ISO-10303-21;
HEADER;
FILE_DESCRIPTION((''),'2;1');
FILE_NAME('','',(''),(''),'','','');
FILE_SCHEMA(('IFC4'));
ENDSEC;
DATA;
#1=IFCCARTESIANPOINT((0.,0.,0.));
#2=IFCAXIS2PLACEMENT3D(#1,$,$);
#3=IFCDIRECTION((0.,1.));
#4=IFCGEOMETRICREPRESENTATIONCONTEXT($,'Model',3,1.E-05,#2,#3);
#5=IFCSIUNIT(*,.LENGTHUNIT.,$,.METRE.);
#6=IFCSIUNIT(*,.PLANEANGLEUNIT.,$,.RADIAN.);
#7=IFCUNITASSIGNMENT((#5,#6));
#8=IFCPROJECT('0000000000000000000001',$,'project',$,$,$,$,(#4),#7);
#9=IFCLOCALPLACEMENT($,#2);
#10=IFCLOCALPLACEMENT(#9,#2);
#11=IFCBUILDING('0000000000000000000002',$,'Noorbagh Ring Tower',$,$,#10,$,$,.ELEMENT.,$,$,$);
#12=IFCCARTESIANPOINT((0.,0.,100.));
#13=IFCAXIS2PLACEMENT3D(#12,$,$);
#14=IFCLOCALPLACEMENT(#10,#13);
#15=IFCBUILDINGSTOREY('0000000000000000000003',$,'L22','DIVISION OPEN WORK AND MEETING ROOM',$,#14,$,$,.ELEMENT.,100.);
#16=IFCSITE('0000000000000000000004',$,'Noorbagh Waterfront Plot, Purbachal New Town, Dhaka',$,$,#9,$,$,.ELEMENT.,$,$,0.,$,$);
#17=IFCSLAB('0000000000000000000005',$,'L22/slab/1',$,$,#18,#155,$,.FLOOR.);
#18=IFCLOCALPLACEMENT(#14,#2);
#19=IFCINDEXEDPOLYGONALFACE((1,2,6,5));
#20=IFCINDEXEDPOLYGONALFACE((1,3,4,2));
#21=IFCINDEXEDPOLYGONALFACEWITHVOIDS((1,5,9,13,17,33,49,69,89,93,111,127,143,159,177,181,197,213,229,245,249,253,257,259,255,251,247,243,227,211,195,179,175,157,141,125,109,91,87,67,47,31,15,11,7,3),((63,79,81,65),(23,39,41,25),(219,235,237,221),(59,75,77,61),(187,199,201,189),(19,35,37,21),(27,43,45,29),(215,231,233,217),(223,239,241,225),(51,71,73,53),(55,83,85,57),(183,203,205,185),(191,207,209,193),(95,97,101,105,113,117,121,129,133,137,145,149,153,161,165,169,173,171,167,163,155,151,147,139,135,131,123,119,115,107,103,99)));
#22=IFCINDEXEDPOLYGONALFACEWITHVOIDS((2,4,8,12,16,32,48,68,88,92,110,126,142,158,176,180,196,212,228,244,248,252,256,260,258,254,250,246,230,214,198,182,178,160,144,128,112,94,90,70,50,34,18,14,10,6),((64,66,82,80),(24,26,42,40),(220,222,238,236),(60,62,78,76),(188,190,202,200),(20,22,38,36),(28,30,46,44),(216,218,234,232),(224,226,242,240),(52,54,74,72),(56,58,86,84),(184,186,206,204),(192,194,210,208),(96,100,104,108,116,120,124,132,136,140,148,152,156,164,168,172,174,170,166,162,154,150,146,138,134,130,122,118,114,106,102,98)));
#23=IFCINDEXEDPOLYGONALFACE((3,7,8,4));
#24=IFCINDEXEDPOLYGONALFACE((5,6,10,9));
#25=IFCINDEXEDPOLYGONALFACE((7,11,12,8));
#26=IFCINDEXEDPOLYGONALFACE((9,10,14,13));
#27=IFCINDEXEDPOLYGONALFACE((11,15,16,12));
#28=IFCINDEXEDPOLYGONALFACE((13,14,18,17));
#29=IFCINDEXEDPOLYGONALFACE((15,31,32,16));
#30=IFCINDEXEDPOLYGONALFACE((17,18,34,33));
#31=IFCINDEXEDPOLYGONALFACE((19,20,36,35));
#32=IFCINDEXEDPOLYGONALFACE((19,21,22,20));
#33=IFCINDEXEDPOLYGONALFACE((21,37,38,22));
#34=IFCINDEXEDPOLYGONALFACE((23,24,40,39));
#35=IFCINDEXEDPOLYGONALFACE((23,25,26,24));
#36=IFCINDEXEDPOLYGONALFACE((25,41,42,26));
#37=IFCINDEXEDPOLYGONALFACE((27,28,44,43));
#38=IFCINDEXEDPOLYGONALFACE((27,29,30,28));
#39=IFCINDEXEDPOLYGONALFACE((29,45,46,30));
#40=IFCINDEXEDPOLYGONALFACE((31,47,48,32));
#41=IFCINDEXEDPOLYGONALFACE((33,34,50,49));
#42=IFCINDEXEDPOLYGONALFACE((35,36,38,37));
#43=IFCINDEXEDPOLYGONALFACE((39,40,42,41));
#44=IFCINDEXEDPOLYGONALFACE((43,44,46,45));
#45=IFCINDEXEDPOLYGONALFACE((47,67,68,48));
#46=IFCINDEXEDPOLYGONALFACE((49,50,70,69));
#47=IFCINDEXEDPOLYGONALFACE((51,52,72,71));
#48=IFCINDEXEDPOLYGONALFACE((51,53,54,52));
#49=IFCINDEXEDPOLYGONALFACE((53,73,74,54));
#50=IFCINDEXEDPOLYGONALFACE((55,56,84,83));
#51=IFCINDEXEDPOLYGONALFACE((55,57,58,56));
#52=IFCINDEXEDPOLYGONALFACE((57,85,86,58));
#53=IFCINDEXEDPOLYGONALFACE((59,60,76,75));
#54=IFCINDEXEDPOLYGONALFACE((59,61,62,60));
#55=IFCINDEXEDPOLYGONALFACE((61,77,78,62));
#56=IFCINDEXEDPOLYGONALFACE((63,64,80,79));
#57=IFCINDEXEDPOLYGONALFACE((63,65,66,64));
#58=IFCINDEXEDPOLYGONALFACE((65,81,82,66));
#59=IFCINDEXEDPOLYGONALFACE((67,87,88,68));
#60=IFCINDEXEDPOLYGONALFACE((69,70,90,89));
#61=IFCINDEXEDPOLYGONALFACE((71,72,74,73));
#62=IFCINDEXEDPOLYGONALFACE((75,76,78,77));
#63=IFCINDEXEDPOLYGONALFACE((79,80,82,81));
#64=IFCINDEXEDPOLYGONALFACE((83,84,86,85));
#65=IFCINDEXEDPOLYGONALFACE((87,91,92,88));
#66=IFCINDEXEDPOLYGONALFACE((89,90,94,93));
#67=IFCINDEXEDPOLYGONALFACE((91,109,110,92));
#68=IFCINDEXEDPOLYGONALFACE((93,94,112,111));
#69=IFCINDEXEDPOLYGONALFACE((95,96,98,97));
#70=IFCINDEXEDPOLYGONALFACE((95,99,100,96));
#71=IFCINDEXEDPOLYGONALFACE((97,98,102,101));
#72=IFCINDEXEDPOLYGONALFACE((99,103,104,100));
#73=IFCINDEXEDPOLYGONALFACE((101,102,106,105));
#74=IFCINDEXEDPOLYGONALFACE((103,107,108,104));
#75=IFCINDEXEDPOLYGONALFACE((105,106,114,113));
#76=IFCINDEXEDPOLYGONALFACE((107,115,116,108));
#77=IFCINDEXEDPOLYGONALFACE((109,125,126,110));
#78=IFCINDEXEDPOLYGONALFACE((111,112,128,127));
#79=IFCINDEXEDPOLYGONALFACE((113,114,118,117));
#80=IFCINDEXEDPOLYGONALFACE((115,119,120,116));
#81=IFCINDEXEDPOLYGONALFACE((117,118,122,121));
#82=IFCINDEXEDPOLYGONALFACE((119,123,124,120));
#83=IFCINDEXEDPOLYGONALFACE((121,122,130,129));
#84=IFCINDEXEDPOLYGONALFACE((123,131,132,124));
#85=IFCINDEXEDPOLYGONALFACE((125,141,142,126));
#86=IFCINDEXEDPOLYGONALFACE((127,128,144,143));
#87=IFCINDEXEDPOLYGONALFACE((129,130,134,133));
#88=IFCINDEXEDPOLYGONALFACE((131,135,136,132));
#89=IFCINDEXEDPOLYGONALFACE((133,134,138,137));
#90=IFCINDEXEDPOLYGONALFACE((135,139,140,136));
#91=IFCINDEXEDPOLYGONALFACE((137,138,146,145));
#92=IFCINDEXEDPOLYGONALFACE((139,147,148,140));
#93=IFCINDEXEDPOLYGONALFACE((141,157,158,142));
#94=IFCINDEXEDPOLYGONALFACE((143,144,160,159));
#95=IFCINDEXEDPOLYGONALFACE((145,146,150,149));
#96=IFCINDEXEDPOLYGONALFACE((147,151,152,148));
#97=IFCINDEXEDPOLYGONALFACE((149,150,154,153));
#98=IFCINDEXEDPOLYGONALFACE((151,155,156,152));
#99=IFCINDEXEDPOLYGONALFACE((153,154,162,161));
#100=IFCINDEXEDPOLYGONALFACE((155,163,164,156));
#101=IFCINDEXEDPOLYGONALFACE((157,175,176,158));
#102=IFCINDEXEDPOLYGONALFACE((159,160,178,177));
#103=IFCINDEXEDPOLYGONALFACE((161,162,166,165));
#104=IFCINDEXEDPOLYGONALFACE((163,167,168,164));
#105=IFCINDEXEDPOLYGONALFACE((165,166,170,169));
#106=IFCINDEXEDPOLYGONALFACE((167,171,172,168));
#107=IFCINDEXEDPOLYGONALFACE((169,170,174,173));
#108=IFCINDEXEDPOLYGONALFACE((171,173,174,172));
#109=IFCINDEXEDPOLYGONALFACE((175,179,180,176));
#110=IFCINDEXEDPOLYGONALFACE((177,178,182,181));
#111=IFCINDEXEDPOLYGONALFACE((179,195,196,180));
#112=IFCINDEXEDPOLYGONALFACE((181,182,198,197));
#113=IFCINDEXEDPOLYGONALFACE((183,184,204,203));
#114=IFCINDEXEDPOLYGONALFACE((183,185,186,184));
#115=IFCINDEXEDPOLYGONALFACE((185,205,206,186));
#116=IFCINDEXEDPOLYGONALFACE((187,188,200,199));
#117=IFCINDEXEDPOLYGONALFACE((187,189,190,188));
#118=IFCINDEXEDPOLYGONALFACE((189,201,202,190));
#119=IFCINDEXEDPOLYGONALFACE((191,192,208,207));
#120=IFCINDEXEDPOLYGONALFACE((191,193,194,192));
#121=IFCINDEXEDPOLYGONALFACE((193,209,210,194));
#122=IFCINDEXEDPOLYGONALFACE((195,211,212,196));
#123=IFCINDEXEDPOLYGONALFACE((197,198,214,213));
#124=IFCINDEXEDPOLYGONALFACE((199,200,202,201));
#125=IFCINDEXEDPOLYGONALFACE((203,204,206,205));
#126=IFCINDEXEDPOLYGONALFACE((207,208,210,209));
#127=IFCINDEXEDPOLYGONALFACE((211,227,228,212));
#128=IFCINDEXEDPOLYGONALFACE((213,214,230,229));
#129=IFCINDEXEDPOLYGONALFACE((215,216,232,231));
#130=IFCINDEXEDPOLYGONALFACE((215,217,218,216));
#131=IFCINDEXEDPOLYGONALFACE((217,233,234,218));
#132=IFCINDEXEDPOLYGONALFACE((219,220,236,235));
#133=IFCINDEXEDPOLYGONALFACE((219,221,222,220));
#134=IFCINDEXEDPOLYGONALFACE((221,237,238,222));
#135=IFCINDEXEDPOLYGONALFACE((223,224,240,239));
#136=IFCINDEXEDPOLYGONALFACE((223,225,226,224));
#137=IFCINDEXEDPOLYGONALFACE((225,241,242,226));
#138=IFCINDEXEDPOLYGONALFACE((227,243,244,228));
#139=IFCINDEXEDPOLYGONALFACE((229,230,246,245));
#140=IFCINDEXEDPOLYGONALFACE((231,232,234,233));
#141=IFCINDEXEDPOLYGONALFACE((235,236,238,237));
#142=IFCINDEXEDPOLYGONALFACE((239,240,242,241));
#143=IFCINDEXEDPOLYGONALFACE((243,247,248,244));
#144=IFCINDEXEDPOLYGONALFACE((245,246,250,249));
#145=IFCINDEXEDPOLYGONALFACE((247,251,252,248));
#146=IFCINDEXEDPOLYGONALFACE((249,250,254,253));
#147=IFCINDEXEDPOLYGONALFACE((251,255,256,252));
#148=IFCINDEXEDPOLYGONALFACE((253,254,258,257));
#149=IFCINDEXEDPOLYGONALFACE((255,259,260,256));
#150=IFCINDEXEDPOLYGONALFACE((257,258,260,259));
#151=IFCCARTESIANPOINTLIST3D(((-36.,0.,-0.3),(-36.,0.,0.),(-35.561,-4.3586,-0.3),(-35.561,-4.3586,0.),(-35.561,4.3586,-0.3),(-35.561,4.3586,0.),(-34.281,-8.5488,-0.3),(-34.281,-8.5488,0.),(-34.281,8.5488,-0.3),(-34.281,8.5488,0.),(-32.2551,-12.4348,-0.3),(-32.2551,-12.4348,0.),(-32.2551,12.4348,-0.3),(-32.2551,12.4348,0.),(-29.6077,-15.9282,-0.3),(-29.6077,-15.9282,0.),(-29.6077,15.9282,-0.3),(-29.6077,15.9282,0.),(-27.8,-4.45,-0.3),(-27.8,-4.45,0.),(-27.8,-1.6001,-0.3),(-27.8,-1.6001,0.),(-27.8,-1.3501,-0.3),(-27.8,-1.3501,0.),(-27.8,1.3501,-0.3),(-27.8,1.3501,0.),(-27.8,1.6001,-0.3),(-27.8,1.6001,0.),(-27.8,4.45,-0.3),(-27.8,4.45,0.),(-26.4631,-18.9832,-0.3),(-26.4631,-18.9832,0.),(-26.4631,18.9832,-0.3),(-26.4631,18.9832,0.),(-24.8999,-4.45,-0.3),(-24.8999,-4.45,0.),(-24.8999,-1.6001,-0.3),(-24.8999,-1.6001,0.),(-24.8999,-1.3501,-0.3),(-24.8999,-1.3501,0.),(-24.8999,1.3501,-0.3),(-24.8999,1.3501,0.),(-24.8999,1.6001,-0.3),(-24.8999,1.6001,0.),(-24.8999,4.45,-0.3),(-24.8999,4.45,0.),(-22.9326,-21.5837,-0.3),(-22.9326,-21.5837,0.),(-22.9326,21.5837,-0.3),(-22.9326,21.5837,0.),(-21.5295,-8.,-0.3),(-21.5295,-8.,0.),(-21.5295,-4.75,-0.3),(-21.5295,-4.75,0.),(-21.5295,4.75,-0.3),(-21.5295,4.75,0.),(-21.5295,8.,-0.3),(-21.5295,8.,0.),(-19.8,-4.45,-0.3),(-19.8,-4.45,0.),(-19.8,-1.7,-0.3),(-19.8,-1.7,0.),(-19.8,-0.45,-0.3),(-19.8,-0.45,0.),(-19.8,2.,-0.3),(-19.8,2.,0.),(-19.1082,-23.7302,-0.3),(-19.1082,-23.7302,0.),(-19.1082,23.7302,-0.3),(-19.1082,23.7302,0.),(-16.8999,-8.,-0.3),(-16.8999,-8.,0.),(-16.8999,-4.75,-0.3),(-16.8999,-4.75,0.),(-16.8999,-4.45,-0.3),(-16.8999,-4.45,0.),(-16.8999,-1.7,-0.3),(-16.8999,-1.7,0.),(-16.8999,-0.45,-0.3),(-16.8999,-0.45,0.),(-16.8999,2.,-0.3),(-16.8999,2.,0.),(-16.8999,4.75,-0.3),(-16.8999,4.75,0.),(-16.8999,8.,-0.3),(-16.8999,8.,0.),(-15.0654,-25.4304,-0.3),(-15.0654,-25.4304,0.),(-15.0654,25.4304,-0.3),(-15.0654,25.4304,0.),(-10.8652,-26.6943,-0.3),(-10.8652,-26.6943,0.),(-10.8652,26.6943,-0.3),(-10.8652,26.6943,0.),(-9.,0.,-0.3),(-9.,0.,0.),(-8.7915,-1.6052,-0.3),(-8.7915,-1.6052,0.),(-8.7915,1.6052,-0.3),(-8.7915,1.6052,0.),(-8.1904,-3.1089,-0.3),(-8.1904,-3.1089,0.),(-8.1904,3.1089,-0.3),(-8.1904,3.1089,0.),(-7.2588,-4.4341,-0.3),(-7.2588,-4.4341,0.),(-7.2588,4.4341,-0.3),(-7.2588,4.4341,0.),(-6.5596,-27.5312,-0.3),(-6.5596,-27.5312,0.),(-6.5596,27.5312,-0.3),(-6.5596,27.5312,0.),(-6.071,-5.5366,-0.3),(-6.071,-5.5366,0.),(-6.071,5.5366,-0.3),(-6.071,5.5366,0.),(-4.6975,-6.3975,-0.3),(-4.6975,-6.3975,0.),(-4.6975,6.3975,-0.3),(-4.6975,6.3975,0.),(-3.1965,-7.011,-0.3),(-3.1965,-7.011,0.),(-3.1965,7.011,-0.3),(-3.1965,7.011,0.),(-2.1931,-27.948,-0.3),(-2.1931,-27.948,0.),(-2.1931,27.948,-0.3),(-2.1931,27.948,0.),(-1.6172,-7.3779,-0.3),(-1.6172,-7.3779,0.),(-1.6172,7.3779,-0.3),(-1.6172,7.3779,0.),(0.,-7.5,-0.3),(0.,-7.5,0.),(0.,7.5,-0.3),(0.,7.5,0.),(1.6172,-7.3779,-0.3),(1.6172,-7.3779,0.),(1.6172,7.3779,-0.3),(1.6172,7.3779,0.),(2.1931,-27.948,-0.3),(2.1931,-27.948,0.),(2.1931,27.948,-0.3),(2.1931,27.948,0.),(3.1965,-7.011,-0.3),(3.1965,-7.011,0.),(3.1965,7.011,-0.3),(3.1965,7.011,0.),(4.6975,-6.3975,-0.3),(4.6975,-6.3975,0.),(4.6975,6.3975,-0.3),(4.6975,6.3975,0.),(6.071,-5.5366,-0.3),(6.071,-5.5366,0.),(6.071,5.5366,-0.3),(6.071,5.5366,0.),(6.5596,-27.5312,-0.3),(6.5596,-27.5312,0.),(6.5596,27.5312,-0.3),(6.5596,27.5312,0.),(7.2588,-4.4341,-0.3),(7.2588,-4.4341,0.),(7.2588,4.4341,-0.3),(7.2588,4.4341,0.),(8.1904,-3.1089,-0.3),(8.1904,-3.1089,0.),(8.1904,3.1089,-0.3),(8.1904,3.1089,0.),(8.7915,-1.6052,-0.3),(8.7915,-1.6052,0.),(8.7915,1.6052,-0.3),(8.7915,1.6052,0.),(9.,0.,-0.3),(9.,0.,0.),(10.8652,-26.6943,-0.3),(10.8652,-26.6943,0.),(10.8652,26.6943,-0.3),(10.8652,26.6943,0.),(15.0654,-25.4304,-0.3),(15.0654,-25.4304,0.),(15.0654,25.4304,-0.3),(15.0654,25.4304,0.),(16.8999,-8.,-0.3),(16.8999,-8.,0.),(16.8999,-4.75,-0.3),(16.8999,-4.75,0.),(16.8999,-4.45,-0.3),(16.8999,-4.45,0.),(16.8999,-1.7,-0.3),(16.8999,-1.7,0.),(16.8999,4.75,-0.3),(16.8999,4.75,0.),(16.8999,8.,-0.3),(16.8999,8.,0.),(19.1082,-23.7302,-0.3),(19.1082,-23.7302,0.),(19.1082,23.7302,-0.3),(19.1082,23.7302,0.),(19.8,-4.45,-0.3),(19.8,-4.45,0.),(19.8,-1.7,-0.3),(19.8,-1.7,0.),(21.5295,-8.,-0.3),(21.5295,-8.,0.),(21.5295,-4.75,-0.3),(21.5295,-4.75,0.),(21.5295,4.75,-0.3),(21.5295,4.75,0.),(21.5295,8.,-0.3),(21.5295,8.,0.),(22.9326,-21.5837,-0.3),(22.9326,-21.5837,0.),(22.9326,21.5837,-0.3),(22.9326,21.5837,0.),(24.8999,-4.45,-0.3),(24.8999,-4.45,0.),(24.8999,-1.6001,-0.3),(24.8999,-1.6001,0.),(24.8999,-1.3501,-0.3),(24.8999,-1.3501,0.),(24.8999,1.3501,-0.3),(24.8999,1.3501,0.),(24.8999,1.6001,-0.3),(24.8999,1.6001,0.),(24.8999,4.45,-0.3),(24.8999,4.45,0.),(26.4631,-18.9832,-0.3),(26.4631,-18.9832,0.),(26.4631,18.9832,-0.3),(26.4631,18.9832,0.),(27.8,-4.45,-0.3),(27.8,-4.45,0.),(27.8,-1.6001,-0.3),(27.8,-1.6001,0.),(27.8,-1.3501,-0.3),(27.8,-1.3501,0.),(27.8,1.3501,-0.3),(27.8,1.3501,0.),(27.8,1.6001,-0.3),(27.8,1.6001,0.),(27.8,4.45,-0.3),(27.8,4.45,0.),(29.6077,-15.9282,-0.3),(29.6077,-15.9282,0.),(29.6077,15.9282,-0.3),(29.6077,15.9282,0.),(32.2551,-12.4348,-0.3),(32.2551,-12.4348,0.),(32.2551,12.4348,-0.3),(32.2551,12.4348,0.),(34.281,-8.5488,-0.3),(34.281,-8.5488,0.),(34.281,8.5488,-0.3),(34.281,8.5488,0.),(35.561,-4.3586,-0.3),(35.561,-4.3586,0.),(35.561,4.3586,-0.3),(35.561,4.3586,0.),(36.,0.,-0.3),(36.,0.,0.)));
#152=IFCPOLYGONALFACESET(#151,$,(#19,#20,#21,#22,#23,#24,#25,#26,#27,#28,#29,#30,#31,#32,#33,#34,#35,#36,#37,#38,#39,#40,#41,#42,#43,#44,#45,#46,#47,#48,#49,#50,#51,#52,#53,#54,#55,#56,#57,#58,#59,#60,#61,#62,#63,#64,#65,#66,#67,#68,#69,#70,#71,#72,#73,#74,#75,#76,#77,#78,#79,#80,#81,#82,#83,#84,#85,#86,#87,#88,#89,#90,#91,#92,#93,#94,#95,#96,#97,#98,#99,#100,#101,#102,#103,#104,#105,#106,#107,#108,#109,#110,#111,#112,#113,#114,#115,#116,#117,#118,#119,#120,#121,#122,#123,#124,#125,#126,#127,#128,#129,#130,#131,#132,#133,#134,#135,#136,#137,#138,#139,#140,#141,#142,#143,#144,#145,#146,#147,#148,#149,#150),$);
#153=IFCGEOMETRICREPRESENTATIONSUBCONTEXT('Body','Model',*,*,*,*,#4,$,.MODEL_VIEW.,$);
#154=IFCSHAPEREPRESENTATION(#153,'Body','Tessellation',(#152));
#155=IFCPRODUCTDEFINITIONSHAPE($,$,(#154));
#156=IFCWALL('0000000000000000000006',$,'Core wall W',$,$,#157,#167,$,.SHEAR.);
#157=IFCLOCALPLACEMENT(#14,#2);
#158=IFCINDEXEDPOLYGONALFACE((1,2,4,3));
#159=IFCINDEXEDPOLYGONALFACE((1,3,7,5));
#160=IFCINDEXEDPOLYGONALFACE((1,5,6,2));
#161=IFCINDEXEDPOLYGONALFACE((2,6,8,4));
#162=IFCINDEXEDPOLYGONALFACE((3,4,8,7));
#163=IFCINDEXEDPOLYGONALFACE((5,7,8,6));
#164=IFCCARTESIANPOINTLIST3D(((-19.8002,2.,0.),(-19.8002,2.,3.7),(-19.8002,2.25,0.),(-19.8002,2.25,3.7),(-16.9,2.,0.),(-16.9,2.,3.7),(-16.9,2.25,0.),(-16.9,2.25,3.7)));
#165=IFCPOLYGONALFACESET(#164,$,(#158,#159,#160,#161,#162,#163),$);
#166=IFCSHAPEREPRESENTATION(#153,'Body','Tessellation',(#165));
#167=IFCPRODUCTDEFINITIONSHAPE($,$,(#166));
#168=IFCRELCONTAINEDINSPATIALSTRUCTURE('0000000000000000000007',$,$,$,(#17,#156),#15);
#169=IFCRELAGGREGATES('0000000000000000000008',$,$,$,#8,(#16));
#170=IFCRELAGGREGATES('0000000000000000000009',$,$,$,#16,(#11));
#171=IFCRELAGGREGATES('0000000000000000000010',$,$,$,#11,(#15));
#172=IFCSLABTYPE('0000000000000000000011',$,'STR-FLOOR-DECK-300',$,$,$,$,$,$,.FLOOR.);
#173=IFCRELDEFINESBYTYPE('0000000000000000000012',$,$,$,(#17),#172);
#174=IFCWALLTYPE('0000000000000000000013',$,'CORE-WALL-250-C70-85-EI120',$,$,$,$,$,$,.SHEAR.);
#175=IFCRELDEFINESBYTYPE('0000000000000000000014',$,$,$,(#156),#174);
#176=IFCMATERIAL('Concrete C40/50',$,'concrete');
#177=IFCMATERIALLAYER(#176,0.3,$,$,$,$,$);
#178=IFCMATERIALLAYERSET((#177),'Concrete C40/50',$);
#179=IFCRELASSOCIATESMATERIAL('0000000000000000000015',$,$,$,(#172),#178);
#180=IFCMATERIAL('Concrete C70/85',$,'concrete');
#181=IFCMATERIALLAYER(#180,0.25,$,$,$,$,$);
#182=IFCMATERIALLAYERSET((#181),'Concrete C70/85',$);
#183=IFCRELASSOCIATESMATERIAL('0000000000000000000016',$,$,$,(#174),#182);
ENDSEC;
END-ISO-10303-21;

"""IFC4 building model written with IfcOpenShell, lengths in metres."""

from ifc_helpers import new_model, si_unit, direction, frame, frame_2d, origin, place, context, subcontext, project, spatial, polyline, rectangle, outline, extrude, material, layer, layer_set, type_object, element, save


model = new_model("IFC4")

# Units and contexts
model_context = context("Model", 3, precision=1e-05, world=origin(), true_north=direction((0.0, 1.0)))
body_context = subcontext(model_context, "Body", "Model", "MODEL_VIEW")
ifc_project = project(units=[si_unit("LENGTHUNIT", "METRE"), si_unit("PLANEANGLEUNIT", "RADIAN")], contexts=[model_context])

# Site, building, storey
site_placement = place(None, origin())
site = spatial("IfcSite", under=ifc_project, at=site_placement, Name="Noorbagh Waterfront Plot, Purbachal New Town, Dhaka", CompositionType="ELEMENT", RefElevation=0.0)
building_placement = place(site_placement, origin())
building = spatial("IfcBuilding", under=site, at=building_placement, Name="Noorbagh Ring Tower", CompositionType="ELEMENT")
storey_placement = place(building_placement, frame((0.0, 0.0, 100.0)))
storey = spatial("IfcBuildingStorey", under=building, at=storey_placement, Name="L22", Description="DIVISION OPEN WORK AND MEETING ROOM", CompositionType="ELEMENT", Elevation=100.0)

# Slab
ifc_material_1 = material(Name="Concrete C40/50", Category="concrete")
ifc_layer_1 = layer(ifc_material_1, 0.3)
ifc_layer_set_1 = layer_set([ifc_layer_1], Name="Concrete C40/50")
slab_type_1 = type_object("IfcSlabType", Name="STR-FLOOR-DECK-300", PredefinedType="FLOOR", material=ifc_layer_set_1)
slab_1_placement = place(storey_placement, frame((0.0, 0.0, -0.3)))
element("IfcSlab", 1, at=slab_1_placement, inside=storey, type_object=slab_type_1, Name="L22/slab/1", PredefinedType="FLOOR", context=body_context, shape_type="SweptSolid", body=[
    extrude(outline(polyline([(36.0, 0.0), (35.561, 4.3586), (34.281, 8.5488), (32.2551, 12.4348), (29.6077, 15.9282), (26.4631, 18.9832), (22.9326, 21.5837), (19.1082, 23.7302), (15.0654, 25.4304), (10.8652, 26.6943), (6.5596, 27.5312), (2.1931, 27.948), (-2.1931, 27.948), (-6.5596, 27.5312), (-10.8652, 26.6943), (-15.0654, 25.4304), (-19.1082, 23.7302), (-22.9326, 21.5837), (-26.4631, 18.9832), (-29.6077, 15.9282), (-32.2551, 12.4348), (-34.281, 8.5488), (-35.561, 4.3586), (-36.0, 0.0), (-35.561, -4.3586), (-34.281, -8.5488), (-32.2551, -12.4348), (-29.6077, -15.9282), (-26.4631, -18.9832), (-22.9326, -21.5837), (-19.1082, -23.7302), (-15.0654, -25.4304), (-10.8652, -26.6943), (-6.5596, -27.5312), (-2.1931, -27.948), (2.1931, -27.948), (6.5596, -27.5312), (10.8652, -26.6943), (15.0654, -25.4304), (19.1082, -23.7302), (22.9326, -21.5837), (26.4631, -18.9832), (29.6077, -15.9282), (32.2551, -12.4348), (34.281, -8.5488), (35.561, -4.3586), (36.0, 0.0)]), holes=[polyline([(24.8999, -1.6001), (27.8, -1.6001), (27.8, -4.45), (24.8999, -4.45), (24.8999, -1.6001)]), polyline([(24.8999, 1.3501), (27.8, 1.3501), (27.8, -1.3501), (24.8999, -1.3501), (24.8999, 1.3501)]), polyline([(24.8999, 4.45), (27.8, 4.45), (27.8, 1.6001), (24.8999, 1.6001), (24.8999, 4.45)]), polyline([(21.5295, -4.75), (21.5295, -8.0), (16.8999, -8.0), (16.8999, -4.75), (21.5295, -4.75)]), polyline([(21.5295, 4.75), (16.8999, 4.75), (16.8999, 8.0), (21.5295, 8.0), (21.5295, 4.75)]), polyline([(16.8999, -1.7), (19.8, -1.7), (19.8, -4.45), (16.8999, -4.45), (16.8999, -1.7)]), polyline([(4.6975, -6.3975), (3.1965, -7.011), (1.6172, -7.3779), (0.0, -7.5), (-1.6172, -7.3779), (-3.1965, -7.011), (-4.6975, -6.3975), (-6.071, -5.5366), (-7.2588, -4.4341), (-8.1904, -3.1089), (-8.7915, -1.6052), (-9.0, 0.0), (-8.7915, 1.6052), (-8.1904, 3.1089), (-7.2588, 4.4341), (-6.071, 5.5366), (-4.6975, 6.3975), (-3.1965, 7.011), (-1.6172, 7.3779), (0.0, 7.5), (1.6172, 7.3779), (3.1965, 7.011), (4.6975, 6.3975), (6.071, 5.5366), (7.2588, 4.4341), (8.1904, 3.1089), (8.7915, 1.6052), (9.0, 0.0), (8.7915, -1.6052), (8.1904, -3.1089), (7.2588, -4.4341), (6.071, -5.5366), (4.6975, -6.3975)]), polyline([(-21.5295, -8.0), (-21.5295, -4.75), (-16.8999, -4.75), (-16.8999, -8.0), (-21.5295, -8.0)]), polyline([(-21.5295, 8.0), (-16.8999, 8.0), (-16.8999, 4.75), (-21.5295, 4.75), (-21.5295, 8.0)]), polyline([(-16.8999, -4.45), (-19.8, -4.45), (-19.8, -1.7), (-16.8999, -1.7), (-16.8999, -4.45)]), polyline([(-16.8999, -0.45), (-19.8, -0.45), (-19.8, 2.0), (-16.8999, 2.0), (-16.8999, -0.45)]), polyline([(-24.8999, -4.45), (-27.8, -4.45), (-27.8, -1.6001), (-24.8999, -1.6001), (-24.8999, -4.45)]), polyline([(-24.8999, -1.3501), (-27.8, -1.3501), (-27.8, 1.3501), (-24.8999, 1.3501), (-24.8999, -1.3501)]), polyline([(-24.8999, 1.6001), (-27.8, 1.6001), (-27.8, 4.45), (-24.8999, 4.45), (-24.8999, 1.6001)])]), origin(), (0.0, 0.0, 1.0), 0.3),
])

# Wall
ifc_material_2 = material(Name="Concrete C70/85", Category="concrete")
ifc_layer_2 = layer(ifc_material_2, 0.25)
ifc_layer_set_2 = layer_set([ifc_layer_2], Name="Concrete C70/85")
wall_type_1 = type_object("IfcWallType", Name="CORE-WALL-250-C70-85-EI120", PredefinedType="SHEAR", material=ifc_layer_set_2)
wall_1_placement = place(storey_placement, frame((-16.8999, 2.125, 0.0), z_axis=(0.0, 0.0, 1.0), x_axis=(-1.0, 0.0, 0.0)))
element("IfcWall", 2, at=wall_1_placement, inside=storey, type_object=wall_type_1, Name="Core wall W", PredefinedType="SHEAR", context=body_context, shape_type="SweptSolid", body=[
    extrude(rectangle(XDim=2.9001, YDim=0.25, at=frame_2d((1.4502, 0.0))), origin(), (0.0, 0.0, 1.0), 3.7),
])

save(model, "model.ifc")
